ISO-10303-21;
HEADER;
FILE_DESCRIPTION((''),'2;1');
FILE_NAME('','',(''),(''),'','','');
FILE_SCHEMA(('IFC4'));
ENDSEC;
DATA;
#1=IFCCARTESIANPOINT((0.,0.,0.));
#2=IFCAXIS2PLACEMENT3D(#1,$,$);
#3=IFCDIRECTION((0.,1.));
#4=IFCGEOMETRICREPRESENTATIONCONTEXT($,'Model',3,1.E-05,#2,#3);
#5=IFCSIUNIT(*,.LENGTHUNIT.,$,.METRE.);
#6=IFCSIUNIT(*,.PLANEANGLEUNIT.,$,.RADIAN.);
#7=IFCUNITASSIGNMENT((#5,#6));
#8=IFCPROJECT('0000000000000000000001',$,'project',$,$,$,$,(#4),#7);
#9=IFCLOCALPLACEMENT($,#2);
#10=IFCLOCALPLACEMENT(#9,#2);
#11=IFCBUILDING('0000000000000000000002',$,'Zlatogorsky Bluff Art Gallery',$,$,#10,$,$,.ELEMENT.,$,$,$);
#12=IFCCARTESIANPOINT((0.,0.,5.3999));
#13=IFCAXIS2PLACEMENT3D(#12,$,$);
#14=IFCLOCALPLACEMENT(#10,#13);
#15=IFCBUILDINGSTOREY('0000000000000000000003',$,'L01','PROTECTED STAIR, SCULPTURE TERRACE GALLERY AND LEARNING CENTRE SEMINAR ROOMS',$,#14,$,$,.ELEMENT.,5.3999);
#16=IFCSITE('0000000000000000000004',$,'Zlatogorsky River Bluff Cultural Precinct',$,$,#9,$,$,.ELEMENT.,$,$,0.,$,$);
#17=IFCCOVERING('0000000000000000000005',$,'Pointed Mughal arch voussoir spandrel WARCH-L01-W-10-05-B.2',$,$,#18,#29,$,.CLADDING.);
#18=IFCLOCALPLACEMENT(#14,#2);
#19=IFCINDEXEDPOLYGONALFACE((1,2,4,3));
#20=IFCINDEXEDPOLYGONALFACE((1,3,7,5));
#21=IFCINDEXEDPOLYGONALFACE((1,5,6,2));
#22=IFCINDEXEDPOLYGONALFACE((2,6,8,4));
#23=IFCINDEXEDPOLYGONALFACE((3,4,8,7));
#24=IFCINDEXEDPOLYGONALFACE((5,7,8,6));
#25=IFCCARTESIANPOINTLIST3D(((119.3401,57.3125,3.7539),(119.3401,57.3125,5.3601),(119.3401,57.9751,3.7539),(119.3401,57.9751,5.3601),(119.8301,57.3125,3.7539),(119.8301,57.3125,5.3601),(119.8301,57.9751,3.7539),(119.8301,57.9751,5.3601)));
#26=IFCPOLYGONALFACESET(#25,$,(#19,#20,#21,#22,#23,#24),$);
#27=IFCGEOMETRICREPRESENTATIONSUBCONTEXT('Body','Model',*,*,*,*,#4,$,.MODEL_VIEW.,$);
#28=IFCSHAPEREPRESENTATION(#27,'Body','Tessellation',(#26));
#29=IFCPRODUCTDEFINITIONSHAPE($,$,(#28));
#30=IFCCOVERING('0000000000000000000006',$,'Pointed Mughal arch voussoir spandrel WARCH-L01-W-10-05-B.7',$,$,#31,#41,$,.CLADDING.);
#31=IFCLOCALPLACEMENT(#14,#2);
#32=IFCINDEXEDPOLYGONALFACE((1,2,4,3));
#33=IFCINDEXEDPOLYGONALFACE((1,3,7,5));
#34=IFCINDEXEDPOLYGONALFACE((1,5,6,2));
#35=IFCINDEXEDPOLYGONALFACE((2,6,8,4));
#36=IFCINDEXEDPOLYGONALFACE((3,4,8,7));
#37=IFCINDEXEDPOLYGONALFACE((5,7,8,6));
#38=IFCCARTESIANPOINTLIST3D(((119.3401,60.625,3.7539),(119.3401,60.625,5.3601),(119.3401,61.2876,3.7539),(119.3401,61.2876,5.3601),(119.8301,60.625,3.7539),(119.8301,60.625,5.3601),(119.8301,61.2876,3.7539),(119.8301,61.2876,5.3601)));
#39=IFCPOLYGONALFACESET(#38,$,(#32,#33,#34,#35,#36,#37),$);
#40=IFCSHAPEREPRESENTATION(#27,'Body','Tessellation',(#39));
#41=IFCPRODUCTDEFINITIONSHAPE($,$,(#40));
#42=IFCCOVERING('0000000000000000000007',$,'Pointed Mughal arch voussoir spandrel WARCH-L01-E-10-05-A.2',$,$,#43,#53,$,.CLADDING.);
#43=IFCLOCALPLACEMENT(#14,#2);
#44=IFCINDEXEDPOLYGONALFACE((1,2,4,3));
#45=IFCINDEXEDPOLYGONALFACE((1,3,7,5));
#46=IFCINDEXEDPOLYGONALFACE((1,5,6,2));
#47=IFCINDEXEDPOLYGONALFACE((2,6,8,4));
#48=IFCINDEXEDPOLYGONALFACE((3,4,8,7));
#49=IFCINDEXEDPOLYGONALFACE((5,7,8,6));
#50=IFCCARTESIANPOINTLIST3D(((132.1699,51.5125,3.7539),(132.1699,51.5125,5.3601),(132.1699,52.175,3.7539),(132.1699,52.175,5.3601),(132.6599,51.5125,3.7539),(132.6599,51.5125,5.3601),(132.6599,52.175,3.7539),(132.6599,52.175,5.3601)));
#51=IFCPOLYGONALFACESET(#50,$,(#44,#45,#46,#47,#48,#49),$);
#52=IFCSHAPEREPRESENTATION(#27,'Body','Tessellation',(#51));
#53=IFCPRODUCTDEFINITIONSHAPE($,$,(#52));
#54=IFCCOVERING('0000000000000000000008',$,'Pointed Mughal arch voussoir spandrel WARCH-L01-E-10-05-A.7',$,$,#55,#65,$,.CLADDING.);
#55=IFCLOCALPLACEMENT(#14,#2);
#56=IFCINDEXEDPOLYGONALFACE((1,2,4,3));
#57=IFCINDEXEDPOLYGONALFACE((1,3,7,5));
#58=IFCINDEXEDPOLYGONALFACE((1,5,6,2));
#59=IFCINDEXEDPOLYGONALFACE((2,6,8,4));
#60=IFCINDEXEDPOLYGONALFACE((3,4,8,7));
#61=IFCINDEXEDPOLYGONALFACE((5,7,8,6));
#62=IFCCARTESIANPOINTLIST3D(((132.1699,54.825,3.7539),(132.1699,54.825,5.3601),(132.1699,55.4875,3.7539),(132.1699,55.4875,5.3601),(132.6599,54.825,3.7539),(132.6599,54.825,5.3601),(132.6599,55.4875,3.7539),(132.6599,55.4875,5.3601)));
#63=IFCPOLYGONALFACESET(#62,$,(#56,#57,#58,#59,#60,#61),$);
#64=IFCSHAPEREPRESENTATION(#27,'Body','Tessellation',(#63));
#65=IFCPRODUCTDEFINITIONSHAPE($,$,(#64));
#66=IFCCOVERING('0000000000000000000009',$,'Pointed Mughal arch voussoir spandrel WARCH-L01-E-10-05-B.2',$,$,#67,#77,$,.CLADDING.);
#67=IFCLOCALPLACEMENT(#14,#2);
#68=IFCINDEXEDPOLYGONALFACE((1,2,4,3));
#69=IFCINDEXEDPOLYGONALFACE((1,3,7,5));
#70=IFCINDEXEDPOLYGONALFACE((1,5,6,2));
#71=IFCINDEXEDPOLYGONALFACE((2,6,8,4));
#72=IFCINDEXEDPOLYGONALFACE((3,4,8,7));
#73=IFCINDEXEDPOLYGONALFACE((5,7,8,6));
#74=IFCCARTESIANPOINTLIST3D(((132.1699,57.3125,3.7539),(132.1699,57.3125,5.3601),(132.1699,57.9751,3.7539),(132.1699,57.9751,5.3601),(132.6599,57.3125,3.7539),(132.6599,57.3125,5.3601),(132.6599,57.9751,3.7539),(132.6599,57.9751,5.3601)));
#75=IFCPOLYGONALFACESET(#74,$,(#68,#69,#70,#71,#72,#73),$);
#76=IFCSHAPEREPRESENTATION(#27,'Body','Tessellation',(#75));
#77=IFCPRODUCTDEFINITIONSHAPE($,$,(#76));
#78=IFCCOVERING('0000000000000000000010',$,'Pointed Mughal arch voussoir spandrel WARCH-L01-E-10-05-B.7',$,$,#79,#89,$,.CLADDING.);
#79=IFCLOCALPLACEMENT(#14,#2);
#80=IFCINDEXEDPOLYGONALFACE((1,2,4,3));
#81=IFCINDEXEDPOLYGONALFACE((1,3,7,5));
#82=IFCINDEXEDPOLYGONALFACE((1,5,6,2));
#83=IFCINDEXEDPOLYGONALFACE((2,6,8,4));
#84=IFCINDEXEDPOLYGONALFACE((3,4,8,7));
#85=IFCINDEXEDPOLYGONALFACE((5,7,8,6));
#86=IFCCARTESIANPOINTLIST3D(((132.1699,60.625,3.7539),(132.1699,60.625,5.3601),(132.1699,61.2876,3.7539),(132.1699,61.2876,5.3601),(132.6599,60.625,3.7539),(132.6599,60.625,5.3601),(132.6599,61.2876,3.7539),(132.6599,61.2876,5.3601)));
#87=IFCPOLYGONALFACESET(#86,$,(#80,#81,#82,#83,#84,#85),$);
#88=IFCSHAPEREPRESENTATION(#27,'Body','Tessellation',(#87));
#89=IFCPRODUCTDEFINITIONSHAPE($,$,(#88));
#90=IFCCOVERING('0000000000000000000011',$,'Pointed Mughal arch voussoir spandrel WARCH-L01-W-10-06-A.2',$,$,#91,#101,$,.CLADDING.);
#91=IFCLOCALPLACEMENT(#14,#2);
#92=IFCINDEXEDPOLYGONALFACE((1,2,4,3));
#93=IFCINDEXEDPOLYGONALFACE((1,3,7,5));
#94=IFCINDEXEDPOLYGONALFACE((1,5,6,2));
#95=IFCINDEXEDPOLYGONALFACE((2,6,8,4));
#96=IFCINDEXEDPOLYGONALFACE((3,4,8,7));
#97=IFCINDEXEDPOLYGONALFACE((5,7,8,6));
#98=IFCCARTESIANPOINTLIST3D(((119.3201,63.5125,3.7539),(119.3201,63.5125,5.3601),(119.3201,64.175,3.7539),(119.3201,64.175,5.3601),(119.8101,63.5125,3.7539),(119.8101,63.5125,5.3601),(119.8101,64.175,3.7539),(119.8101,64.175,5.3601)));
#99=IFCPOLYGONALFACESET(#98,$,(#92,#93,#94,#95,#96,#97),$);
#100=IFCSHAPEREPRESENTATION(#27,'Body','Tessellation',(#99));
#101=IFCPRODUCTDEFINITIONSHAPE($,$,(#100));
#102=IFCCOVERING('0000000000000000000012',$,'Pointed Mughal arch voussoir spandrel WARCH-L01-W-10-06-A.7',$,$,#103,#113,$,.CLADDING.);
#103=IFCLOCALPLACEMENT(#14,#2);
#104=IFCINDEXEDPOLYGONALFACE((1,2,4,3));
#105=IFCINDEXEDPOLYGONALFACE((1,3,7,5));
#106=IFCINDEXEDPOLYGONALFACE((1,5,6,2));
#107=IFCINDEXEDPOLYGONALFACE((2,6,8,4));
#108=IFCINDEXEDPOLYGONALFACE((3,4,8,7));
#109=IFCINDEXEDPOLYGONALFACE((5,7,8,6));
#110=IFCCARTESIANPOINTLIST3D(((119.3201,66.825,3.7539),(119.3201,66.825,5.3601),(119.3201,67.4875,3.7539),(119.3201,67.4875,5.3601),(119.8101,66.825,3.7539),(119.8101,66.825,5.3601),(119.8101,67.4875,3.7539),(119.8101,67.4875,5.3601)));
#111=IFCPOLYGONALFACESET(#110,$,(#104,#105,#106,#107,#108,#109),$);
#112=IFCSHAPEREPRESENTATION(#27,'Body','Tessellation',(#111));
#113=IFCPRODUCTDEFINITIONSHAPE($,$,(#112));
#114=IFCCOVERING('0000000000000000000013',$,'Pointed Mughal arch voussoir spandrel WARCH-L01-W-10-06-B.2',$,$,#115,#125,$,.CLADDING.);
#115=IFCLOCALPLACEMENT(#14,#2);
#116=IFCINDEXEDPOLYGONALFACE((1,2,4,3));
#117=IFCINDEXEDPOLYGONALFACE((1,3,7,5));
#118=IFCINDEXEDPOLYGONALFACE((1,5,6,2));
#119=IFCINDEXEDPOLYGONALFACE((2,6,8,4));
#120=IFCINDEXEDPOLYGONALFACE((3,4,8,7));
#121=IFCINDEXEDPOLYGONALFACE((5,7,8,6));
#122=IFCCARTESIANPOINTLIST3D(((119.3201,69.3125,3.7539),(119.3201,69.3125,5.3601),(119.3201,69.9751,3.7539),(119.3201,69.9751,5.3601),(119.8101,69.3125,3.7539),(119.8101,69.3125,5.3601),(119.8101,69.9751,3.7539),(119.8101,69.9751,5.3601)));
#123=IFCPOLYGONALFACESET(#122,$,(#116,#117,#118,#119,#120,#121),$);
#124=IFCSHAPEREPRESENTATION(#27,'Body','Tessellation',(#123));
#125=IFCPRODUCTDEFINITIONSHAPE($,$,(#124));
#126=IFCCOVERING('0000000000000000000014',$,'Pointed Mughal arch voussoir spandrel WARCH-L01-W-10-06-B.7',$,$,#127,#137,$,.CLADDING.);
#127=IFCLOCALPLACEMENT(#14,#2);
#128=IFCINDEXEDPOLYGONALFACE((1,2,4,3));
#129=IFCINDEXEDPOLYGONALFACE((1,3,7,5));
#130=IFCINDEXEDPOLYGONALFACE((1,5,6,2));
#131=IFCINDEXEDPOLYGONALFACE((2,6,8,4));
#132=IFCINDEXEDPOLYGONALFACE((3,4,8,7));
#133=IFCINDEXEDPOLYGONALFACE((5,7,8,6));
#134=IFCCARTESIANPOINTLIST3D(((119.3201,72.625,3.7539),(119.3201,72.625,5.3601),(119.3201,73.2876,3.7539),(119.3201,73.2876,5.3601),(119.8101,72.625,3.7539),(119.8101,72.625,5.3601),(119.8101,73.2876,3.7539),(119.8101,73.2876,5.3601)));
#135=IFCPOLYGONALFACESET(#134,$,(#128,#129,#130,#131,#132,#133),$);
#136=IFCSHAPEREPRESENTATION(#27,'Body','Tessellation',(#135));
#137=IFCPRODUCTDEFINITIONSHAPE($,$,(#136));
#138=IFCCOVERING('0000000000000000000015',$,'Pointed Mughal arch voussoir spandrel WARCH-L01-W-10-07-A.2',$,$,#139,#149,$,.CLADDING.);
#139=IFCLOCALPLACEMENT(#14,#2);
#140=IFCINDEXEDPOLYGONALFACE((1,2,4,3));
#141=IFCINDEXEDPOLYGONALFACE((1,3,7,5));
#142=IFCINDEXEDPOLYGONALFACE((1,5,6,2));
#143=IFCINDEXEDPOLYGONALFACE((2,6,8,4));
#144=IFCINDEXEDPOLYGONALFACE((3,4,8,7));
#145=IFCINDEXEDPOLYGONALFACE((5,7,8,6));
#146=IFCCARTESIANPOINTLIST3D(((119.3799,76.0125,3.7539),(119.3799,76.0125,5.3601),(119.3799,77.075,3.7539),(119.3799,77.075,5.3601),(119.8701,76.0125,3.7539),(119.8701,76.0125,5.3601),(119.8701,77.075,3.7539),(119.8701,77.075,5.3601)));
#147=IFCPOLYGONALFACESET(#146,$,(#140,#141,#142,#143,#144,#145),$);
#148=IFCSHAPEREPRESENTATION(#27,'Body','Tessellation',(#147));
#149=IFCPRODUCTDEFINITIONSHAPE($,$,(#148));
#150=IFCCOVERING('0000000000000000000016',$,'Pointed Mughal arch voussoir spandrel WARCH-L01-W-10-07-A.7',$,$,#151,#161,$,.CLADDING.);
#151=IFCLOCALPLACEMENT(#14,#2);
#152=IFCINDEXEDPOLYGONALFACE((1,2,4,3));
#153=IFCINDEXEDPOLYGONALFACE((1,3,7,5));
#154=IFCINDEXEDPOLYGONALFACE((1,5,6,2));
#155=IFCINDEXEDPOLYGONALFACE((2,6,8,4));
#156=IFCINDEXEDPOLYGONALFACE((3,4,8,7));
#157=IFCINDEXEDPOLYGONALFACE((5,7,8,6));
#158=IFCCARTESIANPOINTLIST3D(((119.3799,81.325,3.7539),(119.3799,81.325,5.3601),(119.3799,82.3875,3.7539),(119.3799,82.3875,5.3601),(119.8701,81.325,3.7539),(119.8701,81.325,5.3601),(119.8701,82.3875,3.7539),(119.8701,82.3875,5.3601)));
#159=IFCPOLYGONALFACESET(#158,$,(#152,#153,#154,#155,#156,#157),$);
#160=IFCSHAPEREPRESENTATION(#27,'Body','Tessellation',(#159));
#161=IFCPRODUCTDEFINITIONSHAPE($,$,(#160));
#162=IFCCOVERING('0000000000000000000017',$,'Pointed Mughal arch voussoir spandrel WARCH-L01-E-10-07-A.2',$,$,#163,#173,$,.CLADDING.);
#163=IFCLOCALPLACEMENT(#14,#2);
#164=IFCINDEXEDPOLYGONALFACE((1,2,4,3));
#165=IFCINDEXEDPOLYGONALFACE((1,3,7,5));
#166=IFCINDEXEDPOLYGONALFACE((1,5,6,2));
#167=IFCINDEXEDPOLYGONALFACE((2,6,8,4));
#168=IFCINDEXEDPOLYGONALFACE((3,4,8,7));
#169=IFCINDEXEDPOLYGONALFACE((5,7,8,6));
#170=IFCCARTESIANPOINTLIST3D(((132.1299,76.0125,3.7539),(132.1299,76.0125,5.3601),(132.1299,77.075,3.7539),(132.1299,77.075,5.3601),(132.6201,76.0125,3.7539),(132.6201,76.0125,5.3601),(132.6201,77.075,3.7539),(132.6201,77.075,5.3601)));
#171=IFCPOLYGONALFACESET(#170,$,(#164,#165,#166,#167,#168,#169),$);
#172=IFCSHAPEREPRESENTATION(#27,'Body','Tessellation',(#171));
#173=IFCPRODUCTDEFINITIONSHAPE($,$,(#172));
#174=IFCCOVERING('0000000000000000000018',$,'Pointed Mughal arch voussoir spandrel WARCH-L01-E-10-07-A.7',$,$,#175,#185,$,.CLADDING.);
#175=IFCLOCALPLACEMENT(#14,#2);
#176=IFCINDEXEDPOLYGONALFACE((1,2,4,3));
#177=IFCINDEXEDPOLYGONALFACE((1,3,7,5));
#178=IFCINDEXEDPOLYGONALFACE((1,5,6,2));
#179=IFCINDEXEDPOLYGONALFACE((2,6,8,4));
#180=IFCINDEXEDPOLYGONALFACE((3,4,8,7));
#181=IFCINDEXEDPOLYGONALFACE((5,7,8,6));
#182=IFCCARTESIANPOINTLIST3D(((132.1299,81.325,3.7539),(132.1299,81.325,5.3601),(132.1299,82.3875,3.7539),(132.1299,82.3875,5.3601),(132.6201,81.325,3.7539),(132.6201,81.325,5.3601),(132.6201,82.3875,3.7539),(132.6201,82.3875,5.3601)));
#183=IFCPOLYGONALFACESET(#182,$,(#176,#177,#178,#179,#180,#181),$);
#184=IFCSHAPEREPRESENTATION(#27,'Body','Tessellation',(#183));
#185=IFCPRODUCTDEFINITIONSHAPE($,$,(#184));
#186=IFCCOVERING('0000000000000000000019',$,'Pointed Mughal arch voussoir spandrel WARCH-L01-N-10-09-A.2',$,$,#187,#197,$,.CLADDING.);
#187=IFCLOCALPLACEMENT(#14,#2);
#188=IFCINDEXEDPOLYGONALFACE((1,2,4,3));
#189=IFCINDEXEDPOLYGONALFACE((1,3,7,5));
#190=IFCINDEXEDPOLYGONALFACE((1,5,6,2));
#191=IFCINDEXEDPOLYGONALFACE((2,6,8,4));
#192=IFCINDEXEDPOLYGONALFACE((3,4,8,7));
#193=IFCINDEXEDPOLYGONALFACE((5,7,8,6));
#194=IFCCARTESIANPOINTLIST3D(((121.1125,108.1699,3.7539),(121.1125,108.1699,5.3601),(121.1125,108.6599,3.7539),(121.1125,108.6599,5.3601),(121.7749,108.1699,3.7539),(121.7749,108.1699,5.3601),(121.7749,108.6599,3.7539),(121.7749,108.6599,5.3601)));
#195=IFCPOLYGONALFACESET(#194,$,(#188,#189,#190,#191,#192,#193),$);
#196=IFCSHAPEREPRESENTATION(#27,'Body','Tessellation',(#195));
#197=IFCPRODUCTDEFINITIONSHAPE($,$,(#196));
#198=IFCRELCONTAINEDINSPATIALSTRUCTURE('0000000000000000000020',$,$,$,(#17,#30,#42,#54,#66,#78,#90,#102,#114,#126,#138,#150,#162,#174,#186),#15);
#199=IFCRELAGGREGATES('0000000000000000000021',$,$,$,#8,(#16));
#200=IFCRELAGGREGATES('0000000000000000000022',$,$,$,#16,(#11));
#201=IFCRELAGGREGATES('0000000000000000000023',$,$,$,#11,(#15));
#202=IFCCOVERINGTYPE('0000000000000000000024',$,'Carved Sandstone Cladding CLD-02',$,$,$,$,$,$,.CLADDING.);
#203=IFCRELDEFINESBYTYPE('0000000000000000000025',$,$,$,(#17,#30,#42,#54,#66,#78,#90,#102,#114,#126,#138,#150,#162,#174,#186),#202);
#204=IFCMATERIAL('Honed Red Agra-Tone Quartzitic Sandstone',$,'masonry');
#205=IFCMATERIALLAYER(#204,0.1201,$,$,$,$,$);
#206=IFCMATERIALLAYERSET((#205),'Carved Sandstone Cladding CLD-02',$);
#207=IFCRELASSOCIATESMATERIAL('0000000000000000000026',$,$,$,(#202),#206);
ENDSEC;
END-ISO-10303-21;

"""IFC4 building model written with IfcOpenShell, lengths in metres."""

from ifc_helpers import new_model, si_unit, direction, frame, origin, place, context, subcontext, project, spatial, polyline, outline, extrude, material, layer, layer_set, type_object, element, save


model = new_model("IFC4")

# Units and contexts
model_context = context("Model", 3, precision=1e-05, world=origin(), true_north=direction((0.0, 1.0)))
body_context = subcontext(model_context, "Body", "Model", "MODEL_VIEW")
ifc_project = project(units=[si_unit("LENGTHUNIT", "METRE"), si_unit("PLANEANGLEUNIT", "RADIAN")], contexts=[model_context])

# Site, building, storey
site_placement = place(None, origin())
site = spatial("IfcSite", under=ifc_project, at=site_placement, Name="Zlatogorsky River Bluff Cultural Precinct", CompositionType="ELEMENT", RefElevation=0.0)
building_placement = place(site_placement, origin())
building = spatial("IfcBuilding", under=site, at=building_placement, Name="Zlatogorsky Bluff Art Gallery", CompositionType="ELEMENT")
storey_placement = place(building_placement, frame((0.0, 0.0, 5.3999)))
storey = spatial("IfcBuildingStorey", under=building, at=storey_placement, Name="L01", Description="PROTECTED STAIR, SCULPTURE TERRACE GALLERY AND LEARNING CENTRE SEMINAR ROOMS", CompositionType="ELEMENT", Elevation=5.3999)

# Coverings
ifc_material = material(Name="Honed Red Agra-Tone Quartzitic Sandstone", Category="masonry")
ifc_layer = layer(ifc_material, 0.1201)
ifc_layer_set = layer_set([ifc_layer], Name="Carved Sandstone Cladding CLD-02")
covering_type = type_object("IfcCoveringType", Name="Carved Sandstone Cladding CLD-02", PredefinedType="CLADDING", material=ifc_layer_set)
covering_1_placement = place(storey_placement, frame((0.0, 0.0, 3.7539)))
element("IfcCovering", 1, at=covering_1_placement, inside=storey, type_object=covering_type, Name="Pointed Mughal arch voussoir spandrel WARCH-L01-W-10-05-B.2", PredefinedType="CLADDING", context=body_context, shape_type="SweptSolid", body=[
    extrude(outline(polyline([(119.3401, 57.3125), (119.3401, 57.9751), (119.8301, 57.9751), (119.8301, 57.3125), (119.3401, 57.3125)])), origin(), (0.0, 0.0, 1.0), 1.6062),
])
covering_2_placement = place(storey_placement, frame((0.0, 0.0, 3.7539)))
element("IfcCovering", 2, at=covering_2_placement, inside=storey, type_object=covering_type, Name="Pointed Mughal arch voussoir spandrel WARCH-L01-W-10-05-B.7", PredefinedType="CLADDING", context=body_context, shape_type="SweptSolid", body=[
    extrude(outline(polyline([(119.3401, 60.625), (119.3401, 61.2876), (119.8301, 61.2876), (119.8301, 60.625), (119.3401, 60.625)])), origin(), (0.0, 0.0, 1.0), 1.6062),
])
covering_3_placement = place(storey_placement, frame((0.0, 0.0, 3.7539)))
element("IfcCovering", 3, at=covering_3_placement, inside=storey, type_object=covering_type, Name="Pointed Mughal arch voussoir spandrel WARCH-L01-E-10-05-A.2", PredefinedType="CLADDING", context=body_context, shape_type="SweptSolid", body=[
    extrude(outline(polyline([(132.1699, 51.5125), (132.1699, 52.175), (132.6599, 52.175), (132.6599, 51.5125), (132.1699, 51.5125)])), origin(), (0.0, 0.0, 1.0), 1.6062),
])
covering_4_placement = place(storey_placement, frame((0.0, 0.0, 3.7539)))
element("IfcCovering", 4, at=covering_4_placement, inside=storey, type_object=covering_type, Name="Pointed Mughal arch voussoir spandrel WARCH-L01-E-10-05-A.7", PredefinedType="CLADDING", context=body_context, shape_type="SweptSolid", body=[
    extrude(outline(polyline([(132.1699, 54.825), (132.1699, 55.4875), (132.6599, 55.4875), (132.6599, 54.825), (132.1699, 54.825)])), origin(), (0.0, 0.0, 1.0), 1.6062),
])
covering_5_placement = place(storey_placement, frame((0.0, 0.0, 3.7539)))
element("IfcCovering", 5, at=covering_5_placement, inside=storey, type_object=covering_type, Name="Pointed Mughal arch voussoir spandrel WARCH-L01-E-10-05-B.2", PredefinedType="CLADDING", context=body_context, shape_type="SweptSolid", body=[
    extrude(outline(polyline([(132.1699, 57.3125), (132.1699, 57.9751), (132.6599, 57.9751), (132.6599, 57.3125), (132.1699, 57.3125)])), origin(), (0.0, 0.0, 1.0), 1.6062),
])
covering_6_placement = place(storey_placement, frame((0.0, 0.0, 3.7539)))
element("IfcCovering", 6, at=covering_6_placement, inside=storey, type_object=covering_type, Name="Pointed Mughal arch voussoir spandrel WARCH-L01-E-10-05-B.7", PredefinedType="CLADDING", context=body_context, shape_type="SweptSolid", body=[
    extrude(outline(polyline([(132.1699, 60.625), (132.1699, 61.2876), (132.6599, 61.2876), (132.6599, 60.625), (132.1699, 60.625)])), origin(), (0.0, 0.0, 1.0), 1.6062),
])
covering_7_placement = place(storey_placement, frame((0.0, 0.0, 3.7539)))
element("IfcCovering", 7, at=covering_7_placement, inside=storey, type_object=covering_type, Name="Pointed Mughal arch voussoir spandrel WARCH-L01-W-10-06-A.2", PredefinedType="CLADDING", context=body_context, shape_type="SweptSolid", body=[
    extrude(outline(polyline([(119.3201, 63.5125), (119.3201, 64.175), (119.8101, 64.175), (119.8101, 63.5125), (119.3201, 63.5125)])), origin(), (0.0, 0.0, 1.0), 1.6062),
])
covering_8_placement = place(storey_placement, frame((0.0, 0.0, 3.7539)))
element("IfcCovering", 8, at=covering_8_placement, inside=storey, type_object=covering_type, Name="Pointed Mughal arch voussoir spandrel WARCH-L01-W-10-06-A.7", PredefinedType="CLADDING", context=body_context, shape_type="SweptSolid", body=[
    extrude(outline(polyline([(119.3201, 66.825), (119.3201, 67.4875), (119.8101, 67.4875), (119.8101, 66.825), (119.3201, 66.825)])), origin(), (0.0, 0.0, 1.0), 1.6062),
])
covering_9_placement = place(storey_placement, frame((0.0, 0.0, 3.7539)))
element("IfcCovering", 9, at=covering_9_placement, inside=storey, type_object=covering_type, Name="Pointed Mughal arch voussoir spandrel WARCH-L01-W-10-06-B.2", PredefinedType="CLADDING", context=body_context, shape_type="SweptSolid", body=[
    extrude(outline(polyline([(119.3201, 69.3125), (119.3201, 69.9751), (119.8101, 69.9751), (119.8101, 69.3125), (119.3201, 69.3125)])), origin(), (0.0, 0.0, 1.0), 1.6062),
])
covering_10_placement = place(storey_placement, frame((0.0, 0.0, 3.7539)))
element("IfcCovering", 10, at=covering_10_placement, inside=storey, type_object=covering_type, Name="Pointed Mughal arch voussoir spandrel WARCH-L01-W-10-06-B.7", PredefinedType="CLADDING", context=body_context, shape_type="SweptSolid", body=[
    extrude(outline(polyline([(119.3201, 72.625), (119.3201, 73.2876), (119.8101, 73.2876), (119.8101, 72.625), (119.3201, 72.625)])), origin(), (0.0, 0.0, 1.0), 1.6062),
])
covering_11_placement = place(storey_placement, frame((0.0, 0.0, 3.7539)))
element("IfcCovering", 11, at=covering_11_placement, inside=storey, type_object=covering_type, Name="Pointed Mughal arch voussoir spandrel WARCH-L01-W-10-07-A.2", PredefinedType="CLADDING", context=body_context, shape_type="SweptSolid", body=[
    extrude(outline(polyline([(119.3799, 76.0125), (119.3799, 77.075), (119.8701, 77.075), (119.8701, 76.0125), (119.3799, 76.0125)])), origin(), (0.0, 0.0, 1.0), 1.6062),
])
covering_12_placement = place(storey_placement, frame((0.0, 0.0, 3.7539)))
element("IfcCovering", 12, at=covering_12_placement, inside=storey, type_object=covering_type, Name="Pointed Mughal arch voussoir spandrel WARCH-L01-W-10-07-A.7", PredefinedType="CLADDING", context=body_context, shape_type="SweptSolid", body=[
    extrude(outline(polyline([(119.3799, 81.325), (119.3799, 82.3875), (119.8701, 82.3875), (119.8701, 81.325), (119.3799, 81.325)])), origin(), (0.0, 0.0, 1.0), 1.6062),
])
covering_13_placement = place(storey_placement, frame((0.0, 0.0, 3.7539)))
element("IfcCovering", 13, at=covering_13_placement, inside=storey, type_object=covering_type, Name="Pointed Mughal arch voussoir spandrel WARCH-L01-E-10-07-A.2", PredefinedType="CLADDING", context=body_context, shape_type="SweptSolid", body=[
    extrude(outline(polyline([(132.1299, 76.0125), (132.1299, 77.075), (132.6201, 77.075), (132.6201, 76.0125), (132.1299, 76.0125)])), origin(), (0.0, 0.0, 1.0), 1.6062),
])
covering_14_placement = place(storey_placement, frame((0.0, 0.0, 3.7539)))
element("IfcCovering", 14, at=covering_14_placement, inside=storey, type_object=covering_type, Name="Pointed Mughal arch voussoir spandrel WARCH-L01-E-10-07-A.7", PredefinedType="CLADDING", context=body_context, shape_type="SweptSolid", body=[
    extrude(outline(polyline([(132.1299, 81.325), (132.1299, 82.3875), (132.6201, 82.3875), (132.6201, 81.325), (132.1299, 81.325)])), origin(), (0.0, 0.0, 1.0), 1.6062),
])
covering_15_placement = place(storey_placement, frame((0.0, 0.0, 3.7539)))
element("IfcCovering", 15, at=covering_15_placement, inside=storey, type_object=covering_type, Name="Pointed Mughal arch voussoir spandrel WARCH-L01-N-10-09-A.2", PredefinedType="CLADDING", context=body_context, shape_type="SweptSolid", body=[
    extrude(outline(polyline([(121.1125, 108.1699), (121.7749, 108.1699), (121.7749, 108.6599), (121.1125, 108.6599), (121.1125, 108.1699)])), origin(), (0.0, 0.0, 1.0), 1.6062),
])

save(model, "model.ifc")
